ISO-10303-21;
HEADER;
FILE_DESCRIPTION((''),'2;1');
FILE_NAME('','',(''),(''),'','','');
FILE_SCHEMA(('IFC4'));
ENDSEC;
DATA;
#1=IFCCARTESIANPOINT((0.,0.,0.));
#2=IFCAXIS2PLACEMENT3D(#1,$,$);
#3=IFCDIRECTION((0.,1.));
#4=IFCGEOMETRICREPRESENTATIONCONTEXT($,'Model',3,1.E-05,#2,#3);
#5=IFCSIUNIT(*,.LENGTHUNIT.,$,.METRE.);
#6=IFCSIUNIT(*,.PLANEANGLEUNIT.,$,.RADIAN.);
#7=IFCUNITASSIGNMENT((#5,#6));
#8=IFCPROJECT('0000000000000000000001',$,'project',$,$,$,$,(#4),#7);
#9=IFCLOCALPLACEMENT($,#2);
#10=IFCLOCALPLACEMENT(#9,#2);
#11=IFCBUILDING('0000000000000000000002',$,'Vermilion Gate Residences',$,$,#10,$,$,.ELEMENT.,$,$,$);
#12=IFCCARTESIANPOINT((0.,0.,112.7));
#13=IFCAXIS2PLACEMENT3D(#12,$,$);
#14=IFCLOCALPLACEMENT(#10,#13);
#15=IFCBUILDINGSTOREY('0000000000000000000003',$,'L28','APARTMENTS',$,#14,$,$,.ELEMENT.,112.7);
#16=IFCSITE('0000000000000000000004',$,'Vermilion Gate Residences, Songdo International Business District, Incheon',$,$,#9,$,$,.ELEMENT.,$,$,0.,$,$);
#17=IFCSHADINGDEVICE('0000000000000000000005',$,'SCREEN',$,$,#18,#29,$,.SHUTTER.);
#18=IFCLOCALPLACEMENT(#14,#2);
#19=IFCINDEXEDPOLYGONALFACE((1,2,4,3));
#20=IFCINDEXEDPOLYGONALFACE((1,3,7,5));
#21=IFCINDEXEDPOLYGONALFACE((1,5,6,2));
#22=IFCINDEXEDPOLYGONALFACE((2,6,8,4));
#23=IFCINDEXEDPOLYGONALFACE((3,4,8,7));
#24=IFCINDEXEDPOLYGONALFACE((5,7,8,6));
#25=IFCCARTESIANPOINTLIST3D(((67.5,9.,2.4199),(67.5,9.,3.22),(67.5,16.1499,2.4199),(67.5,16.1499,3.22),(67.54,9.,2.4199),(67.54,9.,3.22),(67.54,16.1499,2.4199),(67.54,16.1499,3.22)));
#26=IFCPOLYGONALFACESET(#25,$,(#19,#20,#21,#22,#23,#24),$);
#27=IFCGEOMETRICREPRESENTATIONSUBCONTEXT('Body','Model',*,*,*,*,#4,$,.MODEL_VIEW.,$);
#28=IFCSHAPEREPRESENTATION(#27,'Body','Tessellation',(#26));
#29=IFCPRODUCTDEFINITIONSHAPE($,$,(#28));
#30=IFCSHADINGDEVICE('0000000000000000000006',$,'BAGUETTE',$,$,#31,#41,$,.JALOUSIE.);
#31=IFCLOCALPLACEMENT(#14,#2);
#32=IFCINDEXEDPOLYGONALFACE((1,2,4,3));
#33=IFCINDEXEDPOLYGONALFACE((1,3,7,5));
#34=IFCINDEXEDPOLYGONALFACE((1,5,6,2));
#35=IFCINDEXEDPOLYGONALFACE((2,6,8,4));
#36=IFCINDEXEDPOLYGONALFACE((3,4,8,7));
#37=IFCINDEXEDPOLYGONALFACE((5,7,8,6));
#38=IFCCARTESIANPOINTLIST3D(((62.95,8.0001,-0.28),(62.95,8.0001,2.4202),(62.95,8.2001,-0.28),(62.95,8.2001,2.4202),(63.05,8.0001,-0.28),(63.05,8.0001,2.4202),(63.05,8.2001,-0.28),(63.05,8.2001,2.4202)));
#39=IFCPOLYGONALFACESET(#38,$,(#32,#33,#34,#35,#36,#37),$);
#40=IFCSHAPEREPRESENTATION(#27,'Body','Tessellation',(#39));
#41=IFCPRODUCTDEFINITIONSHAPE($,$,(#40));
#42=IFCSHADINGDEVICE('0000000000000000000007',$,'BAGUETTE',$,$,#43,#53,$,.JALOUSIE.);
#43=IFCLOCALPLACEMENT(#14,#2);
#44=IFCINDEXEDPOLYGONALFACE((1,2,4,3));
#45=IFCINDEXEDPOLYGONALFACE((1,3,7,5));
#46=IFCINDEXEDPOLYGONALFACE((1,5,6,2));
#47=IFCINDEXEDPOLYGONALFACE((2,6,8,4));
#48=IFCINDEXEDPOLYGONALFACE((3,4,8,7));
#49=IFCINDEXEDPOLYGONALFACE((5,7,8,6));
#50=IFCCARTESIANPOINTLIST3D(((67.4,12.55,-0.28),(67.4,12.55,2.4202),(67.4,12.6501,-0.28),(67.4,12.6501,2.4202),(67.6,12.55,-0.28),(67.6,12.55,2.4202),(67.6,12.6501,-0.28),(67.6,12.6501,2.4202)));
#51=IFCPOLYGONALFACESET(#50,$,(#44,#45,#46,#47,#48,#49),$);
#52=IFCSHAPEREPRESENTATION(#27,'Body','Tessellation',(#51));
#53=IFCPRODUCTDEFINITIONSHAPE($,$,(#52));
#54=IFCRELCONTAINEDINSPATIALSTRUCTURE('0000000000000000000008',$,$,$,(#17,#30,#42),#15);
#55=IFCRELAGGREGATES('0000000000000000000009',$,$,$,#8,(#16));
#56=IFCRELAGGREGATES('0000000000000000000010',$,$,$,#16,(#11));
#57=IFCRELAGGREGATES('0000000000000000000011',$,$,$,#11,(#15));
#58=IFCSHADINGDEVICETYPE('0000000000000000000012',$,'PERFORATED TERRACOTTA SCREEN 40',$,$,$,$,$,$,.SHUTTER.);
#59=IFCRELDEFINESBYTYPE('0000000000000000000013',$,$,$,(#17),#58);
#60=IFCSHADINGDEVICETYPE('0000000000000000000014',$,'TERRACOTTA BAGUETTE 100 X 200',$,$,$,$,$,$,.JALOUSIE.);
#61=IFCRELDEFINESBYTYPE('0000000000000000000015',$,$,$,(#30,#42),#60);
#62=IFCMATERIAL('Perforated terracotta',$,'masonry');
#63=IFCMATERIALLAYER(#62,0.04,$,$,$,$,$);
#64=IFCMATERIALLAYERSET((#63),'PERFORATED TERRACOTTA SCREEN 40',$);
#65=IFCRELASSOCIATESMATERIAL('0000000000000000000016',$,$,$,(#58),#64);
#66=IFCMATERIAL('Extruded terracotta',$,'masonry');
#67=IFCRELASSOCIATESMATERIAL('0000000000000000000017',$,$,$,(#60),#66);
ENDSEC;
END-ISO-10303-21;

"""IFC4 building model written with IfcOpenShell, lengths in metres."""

from ifc_helpers import new_model, si_unit, direction, frame, origin, origin_2d, place, context, subcontext, project, spatial, rectangle, extrude, material, layer, layer_set, material_profile, profile_set, type_object, element, save


model = new_model("IFC4")

# Units and contexts
model_context = context("Model", 3, precision=1e-05, world=origin(), true_north=direction((0.0, 1.0)))
body_context = subcontext(model_context, "Body", "Model", "MODEL_VIEW")
ifc_project = project(units=[si_unit("LENGTHUNIT", "METRE"), si_unit("PLANEANGLEUNIT", "RADIAN")], contexts=[model_context])

# Site, building, storey
site_placement = place(None, origin())
site = spatial("IfcSite", under=ifc_project, at=site_placement, Name="Vermilion Gate Residences, Songdo International Business District, Incheon", CompositionType="ELEMENT", RefElevation=0.0)
building_placement = place(site_placement, origin())
building = spatial("IfcBuilding", under=site, at=building_placement, Name="Vermilion Gate Residences", CompositionType="ELEMENT")
storey_placement = place(building_placement, frame((0.0, 0.0, 112.7)))
storey = spatial("IfcBuildingStorey", under=building, at=storey_placement, Name="L28", Description="APARTMENTS", CompositionType="ELEMENT", Elevation=112.7)

# Shading devices
ifc_material_1 = material(Name="Perforated terracotta", Category="masonry")
ifc_layer_1 = layer(ifc_material_1, 0.04)
ifc_layer_set_1 = layer_set([ifc_layer_1], Name="PERFORATED TERRACOTTA SCREEN 40")
shading_device_type_1 = type_object("IfcShadingDeviceType", Name="PERFORATED TERRACOTTA SCREEN 40", PredefinedType="SHUTTER", material=ifc_layer_set_1)
shading_device_1_placement = place(storey_placement, frame((67.52, 12.575, 2.4199), z_axis=(0.0, 0.0, 1.0), x_axis=(0.0, 1.0, 0.0)))
element("IfcShadingDevice", 1, at=shading_device_1_placement, inside=storey, type_object=shading_device_type_1, Name="SCREEN", PredefinedType="SHUTTER", context=body_context, shape_type="SweptSolid", body=[
    extrude(rectangle(XDim=7.1499, YDim=0.04, at=origin_2d()), origin(), (0.0, 0.0, 1.0), 0.8),
])
ifc_material_2 = material(Name="Extruded terracotta", Category="masonry")
ifc_material_profile_1 = material_profile(ifc_material_2, rectangle(XDim=0.2, YDim=0.1001, at=origin_2d()), Name="BAGUETTE 100 X 200")
ifc_profile_set_1 = profile_set([ifc_material_profile_1], Name="Extruded terracotta")
shading_device_type_2 = type_object("IfcShadingDeviceType", Name="TERRACOTTA BAGUETTE 100 X 200", PredefinedType="JALOUSIE", material=ifc_profile_set_1)
for number, where, z_axis, x_axis, name in (
    (2, (63.0, 8.1001, -0.28), (0.0, 0.0, 1.0), (0.0, 1.0, 0.0), "BAGUETTE"),
    (3, (67.5, 12.6001, -0.28), (0.0, 0.0, 1.0), (-1.0, 0.0, 0.0), "BAGUETTE"),
):
    element("IfcShadingDevice", number, at=place(storey_placement, frame(where, z_axis=z_axis, x_axis=x_axis)), inside=storey, type_object=shading_device_type_2, Name=name, PredefinedType="JALOUSIE", context=body_context, shape_type="SweptSolid", body=[
        extrude(rectangle(XDim=0.2, YDim=0.1001, at=origin_2d()), origin(), (0.0, 0.0, 1.0), 2.7002),
    ])

save(model, "model.ifc")
